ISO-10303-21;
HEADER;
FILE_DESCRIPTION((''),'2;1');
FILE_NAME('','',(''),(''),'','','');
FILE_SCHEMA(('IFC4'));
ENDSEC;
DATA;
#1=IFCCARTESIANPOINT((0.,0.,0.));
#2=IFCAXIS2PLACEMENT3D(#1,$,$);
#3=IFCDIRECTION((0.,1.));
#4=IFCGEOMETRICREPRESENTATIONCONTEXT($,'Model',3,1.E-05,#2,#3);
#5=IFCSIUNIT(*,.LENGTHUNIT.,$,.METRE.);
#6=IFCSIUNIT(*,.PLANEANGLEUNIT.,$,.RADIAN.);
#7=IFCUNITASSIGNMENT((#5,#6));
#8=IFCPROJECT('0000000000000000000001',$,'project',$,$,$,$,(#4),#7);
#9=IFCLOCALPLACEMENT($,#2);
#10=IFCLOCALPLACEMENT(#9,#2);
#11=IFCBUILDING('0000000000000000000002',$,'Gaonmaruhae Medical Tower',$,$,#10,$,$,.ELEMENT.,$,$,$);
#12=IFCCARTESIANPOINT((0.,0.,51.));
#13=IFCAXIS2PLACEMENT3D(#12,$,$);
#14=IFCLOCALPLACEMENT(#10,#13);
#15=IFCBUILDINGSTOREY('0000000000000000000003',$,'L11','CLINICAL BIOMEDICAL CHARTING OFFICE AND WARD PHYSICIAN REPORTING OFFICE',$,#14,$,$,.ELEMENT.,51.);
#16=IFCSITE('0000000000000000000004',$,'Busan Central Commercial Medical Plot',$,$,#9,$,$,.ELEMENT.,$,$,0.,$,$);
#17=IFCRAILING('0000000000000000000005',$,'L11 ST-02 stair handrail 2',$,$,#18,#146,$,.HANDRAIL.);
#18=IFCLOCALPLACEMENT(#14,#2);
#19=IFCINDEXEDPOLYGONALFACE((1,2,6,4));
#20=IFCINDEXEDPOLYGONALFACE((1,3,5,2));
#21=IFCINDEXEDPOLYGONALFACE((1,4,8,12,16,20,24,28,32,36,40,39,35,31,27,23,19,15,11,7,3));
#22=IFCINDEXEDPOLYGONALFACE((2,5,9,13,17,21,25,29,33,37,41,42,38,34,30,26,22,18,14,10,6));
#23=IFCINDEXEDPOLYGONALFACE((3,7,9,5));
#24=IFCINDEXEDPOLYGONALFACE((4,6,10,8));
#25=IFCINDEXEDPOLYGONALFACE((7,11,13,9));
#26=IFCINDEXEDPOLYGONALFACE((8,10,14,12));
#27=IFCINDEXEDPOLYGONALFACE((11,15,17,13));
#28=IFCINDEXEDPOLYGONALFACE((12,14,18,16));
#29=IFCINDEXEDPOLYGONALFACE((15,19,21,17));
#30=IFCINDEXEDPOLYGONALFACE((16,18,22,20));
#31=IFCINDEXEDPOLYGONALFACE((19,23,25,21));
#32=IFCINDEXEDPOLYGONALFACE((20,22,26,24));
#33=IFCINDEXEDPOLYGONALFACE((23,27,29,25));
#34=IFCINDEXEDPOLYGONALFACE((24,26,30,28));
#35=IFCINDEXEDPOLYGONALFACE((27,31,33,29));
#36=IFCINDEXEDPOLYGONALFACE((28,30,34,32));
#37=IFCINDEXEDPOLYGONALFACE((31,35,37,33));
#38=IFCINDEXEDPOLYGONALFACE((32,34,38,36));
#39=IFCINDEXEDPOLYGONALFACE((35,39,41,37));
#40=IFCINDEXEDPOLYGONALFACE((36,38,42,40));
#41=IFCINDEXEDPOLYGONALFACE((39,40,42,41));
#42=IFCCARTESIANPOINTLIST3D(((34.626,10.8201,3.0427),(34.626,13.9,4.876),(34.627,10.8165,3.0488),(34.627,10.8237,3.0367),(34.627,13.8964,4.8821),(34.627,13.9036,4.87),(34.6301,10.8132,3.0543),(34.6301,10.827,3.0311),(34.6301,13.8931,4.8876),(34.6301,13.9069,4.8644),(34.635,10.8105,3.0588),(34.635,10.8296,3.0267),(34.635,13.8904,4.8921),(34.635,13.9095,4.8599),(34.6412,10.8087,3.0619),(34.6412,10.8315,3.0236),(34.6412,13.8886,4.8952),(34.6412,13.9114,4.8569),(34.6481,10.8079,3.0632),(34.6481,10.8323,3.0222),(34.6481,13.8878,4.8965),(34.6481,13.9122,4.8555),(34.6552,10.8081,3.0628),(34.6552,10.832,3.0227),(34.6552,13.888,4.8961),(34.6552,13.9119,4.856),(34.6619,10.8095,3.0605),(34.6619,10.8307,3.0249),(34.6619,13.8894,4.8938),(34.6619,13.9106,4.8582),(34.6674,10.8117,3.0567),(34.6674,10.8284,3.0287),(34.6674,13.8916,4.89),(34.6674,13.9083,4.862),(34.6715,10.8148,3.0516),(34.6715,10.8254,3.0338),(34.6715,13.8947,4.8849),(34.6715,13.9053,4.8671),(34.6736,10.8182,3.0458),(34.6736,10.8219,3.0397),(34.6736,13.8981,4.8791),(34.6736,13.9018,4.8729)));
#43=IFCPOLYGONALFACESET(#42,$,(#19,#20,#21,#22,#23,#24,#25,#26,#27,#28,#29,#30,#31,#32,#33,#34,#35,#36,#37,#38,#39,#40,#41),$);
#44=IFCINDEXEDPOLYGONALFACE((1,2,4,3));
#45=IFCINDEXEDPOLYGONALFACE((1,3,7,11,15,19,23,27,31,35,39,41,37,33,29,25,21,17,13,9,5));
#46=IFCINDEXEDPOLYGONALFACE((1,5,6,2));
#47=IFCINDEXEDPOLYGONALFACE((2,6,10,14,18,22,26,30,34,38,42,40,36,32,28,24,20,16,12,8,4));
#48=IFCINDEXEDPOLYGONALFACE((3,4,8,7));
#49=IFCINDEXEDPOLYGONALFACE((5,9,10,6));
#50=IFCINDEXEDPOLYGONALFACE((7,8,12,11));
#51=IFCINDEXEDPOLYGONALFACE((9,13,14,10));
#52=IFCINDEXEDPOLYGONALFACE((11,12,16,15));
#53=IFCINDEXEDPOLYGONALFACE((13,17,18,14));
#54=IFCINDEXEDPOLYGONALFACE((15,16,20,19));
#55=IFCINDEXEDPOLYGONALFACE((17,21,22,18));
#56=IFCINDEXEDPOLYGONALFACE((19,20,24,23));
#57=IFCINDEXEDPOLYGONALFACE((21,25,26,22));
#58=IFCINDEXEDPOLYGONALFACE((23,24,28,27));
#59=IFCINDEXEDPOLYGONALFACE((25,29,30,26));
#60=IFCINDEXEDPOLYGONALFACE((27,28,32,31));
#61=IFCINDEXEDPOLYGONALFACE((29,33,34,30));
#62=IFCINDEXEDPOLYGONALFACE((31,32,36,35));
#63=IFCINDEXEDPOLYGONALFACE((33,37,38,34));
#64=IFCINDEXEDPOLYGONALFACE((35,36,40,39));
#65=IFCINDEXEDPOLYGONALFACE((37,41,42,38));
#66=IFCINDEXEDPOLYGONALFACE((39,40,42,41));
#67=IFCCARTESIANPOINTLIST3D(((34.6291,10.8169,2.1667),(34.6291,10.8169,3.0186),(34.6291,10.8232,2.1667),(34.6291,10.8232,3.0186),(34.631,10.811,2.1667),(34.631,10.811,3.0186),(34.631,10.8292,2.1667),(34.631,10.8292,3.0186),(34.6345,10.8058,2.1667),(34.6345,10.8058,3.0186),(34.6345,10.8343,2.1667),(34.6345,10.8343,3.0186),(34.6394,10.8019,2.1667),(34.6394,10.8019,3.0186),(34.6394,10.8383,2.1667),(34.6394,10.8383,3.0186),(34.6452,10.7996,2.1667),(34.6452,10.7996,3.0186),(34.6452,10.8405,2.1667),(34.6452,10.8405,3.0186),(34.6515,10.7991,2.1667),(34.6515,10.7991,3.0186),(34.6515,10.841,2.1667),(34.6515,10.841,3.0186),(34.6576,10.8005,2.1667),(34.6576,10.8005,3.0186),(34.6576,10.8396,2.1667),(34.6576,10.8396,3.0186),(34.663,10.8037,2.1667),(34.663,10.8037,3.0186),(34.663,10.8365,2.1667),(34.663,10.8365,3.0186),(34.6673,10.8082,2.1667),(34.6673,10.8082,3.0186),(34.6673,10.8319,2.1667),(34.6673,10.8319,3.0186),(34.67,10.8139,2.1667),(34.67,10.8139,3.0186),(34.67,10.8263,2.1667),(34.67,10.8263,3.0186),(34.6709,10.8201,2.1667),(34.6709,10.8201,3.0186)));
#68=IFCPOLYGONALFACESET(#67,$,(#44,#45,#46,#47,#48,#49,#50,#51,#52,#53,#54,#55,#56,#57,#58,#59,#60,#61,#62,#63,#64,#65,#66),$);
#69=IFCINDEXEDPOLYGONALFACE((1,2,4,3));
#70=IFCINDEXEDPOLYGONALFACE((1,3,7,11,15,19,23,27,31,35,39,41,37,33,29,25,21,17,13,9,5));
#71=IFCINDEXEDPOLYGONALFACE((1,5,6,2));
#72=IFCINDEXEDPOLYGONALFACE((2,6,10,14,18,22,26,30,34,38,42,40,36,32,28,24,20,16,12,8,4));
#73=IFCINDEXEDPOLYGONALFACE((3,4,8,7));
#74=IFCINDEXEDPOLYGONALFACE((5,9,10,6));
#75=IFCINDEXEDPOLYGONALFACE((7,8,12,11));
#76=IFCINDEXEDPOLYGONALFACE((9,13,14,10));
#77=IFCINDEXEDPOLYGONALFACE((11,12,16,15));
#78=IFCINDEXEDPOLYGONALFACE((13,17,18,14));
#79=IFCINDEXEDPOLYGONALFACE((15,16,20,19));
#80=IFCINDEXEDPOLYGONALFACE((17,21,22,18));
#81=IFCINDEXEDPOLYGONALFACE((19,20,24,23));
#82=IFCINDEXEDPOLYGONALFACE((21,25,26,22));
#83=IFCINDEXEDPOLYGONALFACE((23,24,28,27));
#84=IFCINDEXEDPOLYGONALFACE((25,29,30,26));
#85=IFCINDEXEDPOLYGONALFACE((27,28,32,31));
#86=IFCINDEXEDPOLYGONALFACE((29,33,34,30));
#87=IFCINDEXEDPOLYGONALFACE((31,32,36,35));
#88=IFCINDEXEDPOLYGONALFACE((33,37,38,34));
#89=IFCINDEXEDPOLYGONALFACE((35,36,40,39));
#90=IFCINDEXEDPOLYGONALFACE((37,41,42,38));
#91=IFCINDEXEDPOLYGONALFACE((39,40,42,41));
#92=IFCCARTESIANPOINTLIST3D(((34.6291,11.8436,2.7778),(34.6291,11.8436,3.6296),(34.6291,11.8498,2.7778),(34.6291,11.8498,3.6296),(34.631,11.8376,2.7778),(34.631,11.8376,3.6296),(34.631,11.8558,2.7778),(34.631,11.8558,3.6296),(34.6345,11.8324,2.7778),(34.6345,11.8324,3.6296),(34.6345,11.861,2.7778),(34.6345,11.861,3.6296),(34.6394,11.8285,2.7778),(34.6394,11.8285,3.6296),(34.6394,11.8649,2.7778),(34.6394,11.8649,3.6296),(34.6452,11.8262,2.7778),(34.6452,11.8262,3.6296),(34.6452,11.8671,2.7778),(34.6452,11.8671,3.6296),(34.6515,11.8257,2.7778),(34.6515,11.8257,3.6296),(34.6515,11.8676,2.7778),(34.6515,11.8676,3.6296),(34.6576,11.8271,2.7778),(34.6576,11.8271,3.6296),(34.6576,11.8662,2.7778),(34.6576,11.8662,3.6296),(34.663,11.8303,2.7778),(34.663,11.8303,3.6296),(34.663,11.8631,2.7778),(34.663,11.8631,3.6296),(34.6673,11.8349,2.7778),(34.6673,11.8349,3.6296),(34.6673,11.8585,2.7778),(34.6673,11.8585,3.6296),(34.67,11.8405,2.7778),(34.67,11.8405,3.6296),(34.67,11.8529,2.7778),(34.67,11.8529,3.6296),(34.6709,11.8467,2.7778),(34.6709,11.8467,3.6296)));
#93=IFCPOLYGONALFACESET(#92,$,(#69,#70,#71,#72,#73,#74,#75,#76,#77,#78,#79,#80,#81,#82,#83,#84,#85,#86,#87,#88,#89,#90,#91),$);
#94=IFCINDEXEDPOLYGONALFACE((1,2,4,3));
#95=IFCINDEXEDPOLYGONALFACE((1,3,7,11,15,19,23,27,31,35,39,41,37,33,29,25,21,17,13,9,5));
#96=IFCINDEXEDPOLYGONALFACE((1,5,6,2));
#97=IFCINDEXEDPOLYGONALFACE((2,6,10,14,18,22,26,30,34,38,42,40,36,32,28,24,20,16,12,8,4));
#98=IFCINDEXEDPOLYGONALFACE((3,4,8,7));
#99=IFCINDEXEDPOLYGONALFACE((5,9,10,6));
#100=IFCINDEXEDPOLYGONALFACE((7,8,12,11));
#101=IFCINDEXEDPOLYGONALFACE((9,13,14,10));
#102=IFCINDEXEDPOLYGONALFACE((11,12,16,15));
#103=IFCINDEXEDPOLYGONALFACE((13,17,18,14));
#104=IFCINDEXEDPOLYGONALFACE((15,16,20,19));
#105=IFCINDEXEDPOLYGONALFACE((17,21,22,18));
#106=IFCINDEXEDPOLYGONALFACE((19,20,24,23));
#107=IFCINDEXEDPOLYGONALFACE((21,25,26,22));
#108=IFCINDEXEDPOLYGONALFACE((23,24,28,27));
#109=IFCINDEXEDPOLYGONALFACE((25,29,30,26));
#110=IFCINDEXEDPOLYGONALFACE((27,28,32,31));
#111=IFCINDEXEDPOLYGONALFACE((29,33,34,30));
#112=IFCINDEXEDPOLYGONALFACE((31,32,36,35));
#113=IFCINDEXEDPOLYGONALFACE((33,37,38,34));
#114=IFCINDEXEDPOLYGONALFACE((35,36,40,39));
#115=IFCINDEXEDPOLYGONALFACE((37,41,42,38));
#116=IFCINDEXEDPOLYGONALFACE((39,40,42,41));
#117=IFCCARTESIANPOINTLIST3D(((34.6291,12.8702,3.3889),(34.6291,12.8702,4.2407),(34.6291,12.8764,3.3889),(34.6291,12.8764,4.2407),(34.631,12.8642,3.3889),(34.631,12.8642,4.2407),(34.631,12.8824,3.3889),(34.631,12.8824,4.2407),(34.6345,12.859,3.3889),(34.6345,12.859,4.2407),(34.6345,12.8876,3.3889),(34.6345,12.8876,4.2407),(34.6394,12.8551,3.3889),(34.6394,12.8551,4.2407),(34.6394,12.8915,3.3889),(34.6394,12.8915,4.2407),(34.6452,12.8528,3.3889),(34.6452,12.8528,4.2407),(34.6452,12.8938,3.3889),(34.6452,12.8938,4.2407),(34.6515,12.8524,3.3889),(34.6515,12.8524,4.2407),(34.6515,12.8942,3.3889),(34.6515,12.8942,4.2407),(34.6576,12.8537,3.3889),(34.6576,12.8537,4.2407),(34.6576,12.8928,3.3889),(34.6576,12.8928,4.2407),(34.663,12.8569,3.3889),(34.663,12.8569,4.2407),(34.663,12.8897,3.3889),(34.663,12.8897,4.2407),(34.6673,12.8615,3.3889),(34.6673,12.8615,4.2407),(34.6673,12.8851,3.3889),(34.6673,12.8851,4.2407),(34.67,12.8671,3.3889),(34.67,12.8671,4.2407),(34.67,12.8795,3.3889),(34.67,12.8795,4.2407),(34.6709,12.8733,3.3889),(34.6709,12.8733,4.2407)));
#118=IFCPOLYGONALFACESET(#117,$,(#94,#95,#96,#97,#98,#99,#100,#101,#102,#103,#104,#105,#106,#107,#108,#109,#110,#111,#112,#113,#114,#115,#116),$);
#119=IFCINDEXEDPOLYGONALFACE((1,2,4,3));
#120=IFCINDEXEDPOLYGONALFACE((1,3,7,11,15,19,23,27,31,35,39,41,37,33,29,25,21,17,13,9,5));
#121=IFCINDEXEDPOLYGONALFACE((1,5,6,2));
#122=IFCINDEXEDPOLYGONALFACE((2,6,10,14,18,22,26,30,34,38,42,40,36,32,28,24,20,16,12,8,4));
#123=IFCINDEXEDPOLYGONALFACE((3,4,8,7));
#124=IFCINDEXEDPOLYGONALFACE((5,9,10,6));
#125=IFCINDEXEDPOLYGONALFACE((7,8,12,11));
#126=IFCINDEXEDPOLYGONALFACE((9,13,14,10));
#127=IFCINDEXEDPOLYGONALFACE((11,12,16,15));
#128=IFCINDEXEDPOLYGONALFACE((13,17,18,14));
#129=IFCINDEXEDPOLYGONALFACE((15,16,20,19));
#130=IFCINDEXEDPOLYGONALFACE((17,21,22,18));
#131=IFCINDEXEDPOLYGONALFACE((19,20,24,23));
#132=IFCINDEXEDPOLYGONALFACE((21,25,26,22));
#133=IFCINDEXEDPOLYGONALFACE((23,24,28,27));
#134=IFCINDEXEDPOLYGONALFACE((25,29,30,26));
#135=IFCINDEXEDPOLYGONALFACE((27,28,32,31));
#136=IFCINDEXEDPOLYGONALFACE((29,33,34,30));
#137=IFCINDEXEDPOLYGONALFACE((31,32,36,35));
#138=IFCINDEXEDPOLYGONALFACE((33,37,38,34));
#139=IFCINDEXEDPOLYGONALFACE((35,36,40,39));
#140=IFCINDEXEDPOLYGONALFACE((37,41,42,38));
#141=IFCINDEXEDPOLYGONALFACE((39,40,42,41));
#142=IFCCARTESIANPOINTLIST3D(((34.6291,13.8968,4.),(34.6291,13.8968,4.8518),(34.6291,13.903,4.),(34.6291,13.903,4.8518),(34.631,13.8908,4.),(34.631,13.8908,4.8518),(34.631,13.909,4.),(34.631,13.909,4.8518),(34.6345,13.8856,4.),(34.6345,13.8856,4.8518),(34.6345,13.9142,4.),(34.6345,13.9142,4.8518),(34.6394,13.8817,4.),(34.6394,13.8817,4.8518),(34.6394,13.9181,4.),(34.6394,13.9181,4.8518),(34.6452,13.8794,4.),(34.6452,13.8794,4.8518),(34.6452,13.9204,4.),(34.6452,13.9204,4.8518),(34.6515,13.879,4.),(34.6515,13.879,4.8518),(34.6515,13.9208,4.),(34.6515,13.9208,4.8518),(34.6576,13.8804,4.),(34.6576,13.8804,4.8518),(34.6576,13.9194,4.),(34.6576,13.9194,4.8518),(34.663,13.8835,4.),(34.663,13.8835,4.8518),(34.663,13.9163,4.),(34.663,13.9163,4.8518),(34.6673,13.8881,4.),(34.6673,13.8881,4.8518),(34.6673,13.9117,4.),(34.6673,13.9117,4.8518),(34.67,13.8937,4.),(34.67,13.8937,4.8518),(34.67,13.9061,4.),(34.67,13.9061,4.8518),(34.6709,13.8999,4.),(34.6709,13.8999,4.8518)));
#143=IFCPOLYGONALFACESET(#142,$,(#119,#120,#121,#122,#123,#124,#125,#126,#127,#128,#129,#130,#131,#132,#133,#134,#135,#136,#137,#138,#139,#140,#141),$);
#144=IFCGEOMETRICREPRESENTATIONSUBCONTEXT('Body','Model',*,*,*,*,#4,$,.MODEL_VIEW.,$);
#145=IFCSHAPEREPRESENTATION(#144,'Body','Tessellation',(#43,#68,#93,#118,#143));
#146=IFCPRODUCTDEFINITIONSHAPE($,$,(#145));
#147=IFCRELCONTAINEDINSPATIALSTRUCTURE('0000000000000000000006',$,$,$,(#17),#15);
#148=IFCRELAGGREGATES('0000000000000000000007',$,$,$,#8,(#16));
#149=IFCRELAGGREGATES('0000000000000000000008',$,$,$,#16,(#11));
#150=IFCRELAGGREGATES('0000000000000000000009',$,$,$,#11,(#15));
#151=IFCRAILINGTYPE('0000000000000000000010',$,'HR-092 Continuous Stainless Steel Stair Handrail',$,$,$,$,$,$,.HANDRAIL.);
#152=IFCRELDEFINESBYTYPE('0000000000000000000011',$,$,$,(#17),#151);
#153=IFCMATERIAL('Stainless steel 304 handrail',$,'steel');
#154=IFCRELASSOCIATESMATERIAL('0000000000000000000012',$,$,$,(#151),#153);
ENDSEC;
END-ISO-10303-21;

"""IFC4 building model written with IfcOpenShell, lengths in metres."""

from ifc_helpers import new_model, si_unit, direction, frame, origin, origin_2d, place, context, subcontext, project, spatial, circle, extrude, material, type_object, element, save


model = new_model("IFC4")

# Units and contexts
model_context = context("Model", 3, precision=1e-05, world=origin(), true_north=direction((0.0, 1.0)))
body_context = subcontext(model_context, "Body", "Model", "MODEL_VIEW")
ifc_project = project(units=[si_unit("LENGTHUNIT", "METRE"), si_unit("PLANEANGLEUNIT", "RADIAN")], contexts=[model_context])

# Site, building, storey
site_placement = place(None, origin())
site = spatial("IfcSite", under=ifc_project, at=site_placement, Name="Busan Central Commercial Medical Plot", CompositionType="ELEMENT", RefElevation=0.0)
building_placement = place(site_placement, origin())
building = spatial("IfcBuilding", under=site, at=building_placement, Name="Gaonmaruhae Medical Tower", CompositionType="ELEMENT")
storey_placement = place(building_placement, frame((0.0, 0.0, 51.0)))
storey = spatial("IfcBuildingStorey", under=building, at=storey_placement, Name="L11", Description="CLINICAL BIOMEDICAL CHARTING OFFICE AND WARD PHYSICIAN REPORTING OFFICE", CompositionType="ELEMENT", Elevation=51.0)

# Railing
ifc_material_1 = material(Name="Stainless steel 304 handrail", Category="steel")
railing_type_1 = type_object("IfcRailingType", Name="HR-092 Continuous Stainless Steel Stair Handrail", PredefinedType="HANDRAIL", material=ifc_material_1)
railing_1_placement = place(storey_placement, frame((34.6499, 10.8201, 2.1667)))
element("IfcRailing", 1, at=railing_1_placement, inside=storey, type_object=railing_type_1, Name="L11 ST-02 stair handrail 2", PredefinedType="HANDRAIL", context=body_context, shape_type="SweptSolid", body=[
    extrude(circle(Radius=0.0239, at=origin_2d()), frame((0.0, 0.0, 0.876), z_axis=(0.0, 0.859291, 0.511487), x_axis=(-1.0, 0.0, 0.0)), (0.0, 0.0, 1.0), 3.5842),
    extrude(circle(Radius=0.021, at=origin_2d()), origin(), (0.0, 0.0, 1.0), 0.8518),
    extrude(circle(Radius=0.021, at=origin_2d()), frame((0.0, 1.0266, 0.6111)), (0.0, 0.0, 1.0), 0.8518),
    extrude(circle(Radius=0.021, at=origin_2d()), frame((0.0, 2.0532, 1.2222)), (0.0, 0.0, 1.0), 0.8518),
    extrude(circle(Radius=0.021, at=origin_2d()), frame((0.0, 3.0798, 1.8333)), (0.0, 0.0, 1.0), 0.8518),
])

save(model, "model.ifc")
